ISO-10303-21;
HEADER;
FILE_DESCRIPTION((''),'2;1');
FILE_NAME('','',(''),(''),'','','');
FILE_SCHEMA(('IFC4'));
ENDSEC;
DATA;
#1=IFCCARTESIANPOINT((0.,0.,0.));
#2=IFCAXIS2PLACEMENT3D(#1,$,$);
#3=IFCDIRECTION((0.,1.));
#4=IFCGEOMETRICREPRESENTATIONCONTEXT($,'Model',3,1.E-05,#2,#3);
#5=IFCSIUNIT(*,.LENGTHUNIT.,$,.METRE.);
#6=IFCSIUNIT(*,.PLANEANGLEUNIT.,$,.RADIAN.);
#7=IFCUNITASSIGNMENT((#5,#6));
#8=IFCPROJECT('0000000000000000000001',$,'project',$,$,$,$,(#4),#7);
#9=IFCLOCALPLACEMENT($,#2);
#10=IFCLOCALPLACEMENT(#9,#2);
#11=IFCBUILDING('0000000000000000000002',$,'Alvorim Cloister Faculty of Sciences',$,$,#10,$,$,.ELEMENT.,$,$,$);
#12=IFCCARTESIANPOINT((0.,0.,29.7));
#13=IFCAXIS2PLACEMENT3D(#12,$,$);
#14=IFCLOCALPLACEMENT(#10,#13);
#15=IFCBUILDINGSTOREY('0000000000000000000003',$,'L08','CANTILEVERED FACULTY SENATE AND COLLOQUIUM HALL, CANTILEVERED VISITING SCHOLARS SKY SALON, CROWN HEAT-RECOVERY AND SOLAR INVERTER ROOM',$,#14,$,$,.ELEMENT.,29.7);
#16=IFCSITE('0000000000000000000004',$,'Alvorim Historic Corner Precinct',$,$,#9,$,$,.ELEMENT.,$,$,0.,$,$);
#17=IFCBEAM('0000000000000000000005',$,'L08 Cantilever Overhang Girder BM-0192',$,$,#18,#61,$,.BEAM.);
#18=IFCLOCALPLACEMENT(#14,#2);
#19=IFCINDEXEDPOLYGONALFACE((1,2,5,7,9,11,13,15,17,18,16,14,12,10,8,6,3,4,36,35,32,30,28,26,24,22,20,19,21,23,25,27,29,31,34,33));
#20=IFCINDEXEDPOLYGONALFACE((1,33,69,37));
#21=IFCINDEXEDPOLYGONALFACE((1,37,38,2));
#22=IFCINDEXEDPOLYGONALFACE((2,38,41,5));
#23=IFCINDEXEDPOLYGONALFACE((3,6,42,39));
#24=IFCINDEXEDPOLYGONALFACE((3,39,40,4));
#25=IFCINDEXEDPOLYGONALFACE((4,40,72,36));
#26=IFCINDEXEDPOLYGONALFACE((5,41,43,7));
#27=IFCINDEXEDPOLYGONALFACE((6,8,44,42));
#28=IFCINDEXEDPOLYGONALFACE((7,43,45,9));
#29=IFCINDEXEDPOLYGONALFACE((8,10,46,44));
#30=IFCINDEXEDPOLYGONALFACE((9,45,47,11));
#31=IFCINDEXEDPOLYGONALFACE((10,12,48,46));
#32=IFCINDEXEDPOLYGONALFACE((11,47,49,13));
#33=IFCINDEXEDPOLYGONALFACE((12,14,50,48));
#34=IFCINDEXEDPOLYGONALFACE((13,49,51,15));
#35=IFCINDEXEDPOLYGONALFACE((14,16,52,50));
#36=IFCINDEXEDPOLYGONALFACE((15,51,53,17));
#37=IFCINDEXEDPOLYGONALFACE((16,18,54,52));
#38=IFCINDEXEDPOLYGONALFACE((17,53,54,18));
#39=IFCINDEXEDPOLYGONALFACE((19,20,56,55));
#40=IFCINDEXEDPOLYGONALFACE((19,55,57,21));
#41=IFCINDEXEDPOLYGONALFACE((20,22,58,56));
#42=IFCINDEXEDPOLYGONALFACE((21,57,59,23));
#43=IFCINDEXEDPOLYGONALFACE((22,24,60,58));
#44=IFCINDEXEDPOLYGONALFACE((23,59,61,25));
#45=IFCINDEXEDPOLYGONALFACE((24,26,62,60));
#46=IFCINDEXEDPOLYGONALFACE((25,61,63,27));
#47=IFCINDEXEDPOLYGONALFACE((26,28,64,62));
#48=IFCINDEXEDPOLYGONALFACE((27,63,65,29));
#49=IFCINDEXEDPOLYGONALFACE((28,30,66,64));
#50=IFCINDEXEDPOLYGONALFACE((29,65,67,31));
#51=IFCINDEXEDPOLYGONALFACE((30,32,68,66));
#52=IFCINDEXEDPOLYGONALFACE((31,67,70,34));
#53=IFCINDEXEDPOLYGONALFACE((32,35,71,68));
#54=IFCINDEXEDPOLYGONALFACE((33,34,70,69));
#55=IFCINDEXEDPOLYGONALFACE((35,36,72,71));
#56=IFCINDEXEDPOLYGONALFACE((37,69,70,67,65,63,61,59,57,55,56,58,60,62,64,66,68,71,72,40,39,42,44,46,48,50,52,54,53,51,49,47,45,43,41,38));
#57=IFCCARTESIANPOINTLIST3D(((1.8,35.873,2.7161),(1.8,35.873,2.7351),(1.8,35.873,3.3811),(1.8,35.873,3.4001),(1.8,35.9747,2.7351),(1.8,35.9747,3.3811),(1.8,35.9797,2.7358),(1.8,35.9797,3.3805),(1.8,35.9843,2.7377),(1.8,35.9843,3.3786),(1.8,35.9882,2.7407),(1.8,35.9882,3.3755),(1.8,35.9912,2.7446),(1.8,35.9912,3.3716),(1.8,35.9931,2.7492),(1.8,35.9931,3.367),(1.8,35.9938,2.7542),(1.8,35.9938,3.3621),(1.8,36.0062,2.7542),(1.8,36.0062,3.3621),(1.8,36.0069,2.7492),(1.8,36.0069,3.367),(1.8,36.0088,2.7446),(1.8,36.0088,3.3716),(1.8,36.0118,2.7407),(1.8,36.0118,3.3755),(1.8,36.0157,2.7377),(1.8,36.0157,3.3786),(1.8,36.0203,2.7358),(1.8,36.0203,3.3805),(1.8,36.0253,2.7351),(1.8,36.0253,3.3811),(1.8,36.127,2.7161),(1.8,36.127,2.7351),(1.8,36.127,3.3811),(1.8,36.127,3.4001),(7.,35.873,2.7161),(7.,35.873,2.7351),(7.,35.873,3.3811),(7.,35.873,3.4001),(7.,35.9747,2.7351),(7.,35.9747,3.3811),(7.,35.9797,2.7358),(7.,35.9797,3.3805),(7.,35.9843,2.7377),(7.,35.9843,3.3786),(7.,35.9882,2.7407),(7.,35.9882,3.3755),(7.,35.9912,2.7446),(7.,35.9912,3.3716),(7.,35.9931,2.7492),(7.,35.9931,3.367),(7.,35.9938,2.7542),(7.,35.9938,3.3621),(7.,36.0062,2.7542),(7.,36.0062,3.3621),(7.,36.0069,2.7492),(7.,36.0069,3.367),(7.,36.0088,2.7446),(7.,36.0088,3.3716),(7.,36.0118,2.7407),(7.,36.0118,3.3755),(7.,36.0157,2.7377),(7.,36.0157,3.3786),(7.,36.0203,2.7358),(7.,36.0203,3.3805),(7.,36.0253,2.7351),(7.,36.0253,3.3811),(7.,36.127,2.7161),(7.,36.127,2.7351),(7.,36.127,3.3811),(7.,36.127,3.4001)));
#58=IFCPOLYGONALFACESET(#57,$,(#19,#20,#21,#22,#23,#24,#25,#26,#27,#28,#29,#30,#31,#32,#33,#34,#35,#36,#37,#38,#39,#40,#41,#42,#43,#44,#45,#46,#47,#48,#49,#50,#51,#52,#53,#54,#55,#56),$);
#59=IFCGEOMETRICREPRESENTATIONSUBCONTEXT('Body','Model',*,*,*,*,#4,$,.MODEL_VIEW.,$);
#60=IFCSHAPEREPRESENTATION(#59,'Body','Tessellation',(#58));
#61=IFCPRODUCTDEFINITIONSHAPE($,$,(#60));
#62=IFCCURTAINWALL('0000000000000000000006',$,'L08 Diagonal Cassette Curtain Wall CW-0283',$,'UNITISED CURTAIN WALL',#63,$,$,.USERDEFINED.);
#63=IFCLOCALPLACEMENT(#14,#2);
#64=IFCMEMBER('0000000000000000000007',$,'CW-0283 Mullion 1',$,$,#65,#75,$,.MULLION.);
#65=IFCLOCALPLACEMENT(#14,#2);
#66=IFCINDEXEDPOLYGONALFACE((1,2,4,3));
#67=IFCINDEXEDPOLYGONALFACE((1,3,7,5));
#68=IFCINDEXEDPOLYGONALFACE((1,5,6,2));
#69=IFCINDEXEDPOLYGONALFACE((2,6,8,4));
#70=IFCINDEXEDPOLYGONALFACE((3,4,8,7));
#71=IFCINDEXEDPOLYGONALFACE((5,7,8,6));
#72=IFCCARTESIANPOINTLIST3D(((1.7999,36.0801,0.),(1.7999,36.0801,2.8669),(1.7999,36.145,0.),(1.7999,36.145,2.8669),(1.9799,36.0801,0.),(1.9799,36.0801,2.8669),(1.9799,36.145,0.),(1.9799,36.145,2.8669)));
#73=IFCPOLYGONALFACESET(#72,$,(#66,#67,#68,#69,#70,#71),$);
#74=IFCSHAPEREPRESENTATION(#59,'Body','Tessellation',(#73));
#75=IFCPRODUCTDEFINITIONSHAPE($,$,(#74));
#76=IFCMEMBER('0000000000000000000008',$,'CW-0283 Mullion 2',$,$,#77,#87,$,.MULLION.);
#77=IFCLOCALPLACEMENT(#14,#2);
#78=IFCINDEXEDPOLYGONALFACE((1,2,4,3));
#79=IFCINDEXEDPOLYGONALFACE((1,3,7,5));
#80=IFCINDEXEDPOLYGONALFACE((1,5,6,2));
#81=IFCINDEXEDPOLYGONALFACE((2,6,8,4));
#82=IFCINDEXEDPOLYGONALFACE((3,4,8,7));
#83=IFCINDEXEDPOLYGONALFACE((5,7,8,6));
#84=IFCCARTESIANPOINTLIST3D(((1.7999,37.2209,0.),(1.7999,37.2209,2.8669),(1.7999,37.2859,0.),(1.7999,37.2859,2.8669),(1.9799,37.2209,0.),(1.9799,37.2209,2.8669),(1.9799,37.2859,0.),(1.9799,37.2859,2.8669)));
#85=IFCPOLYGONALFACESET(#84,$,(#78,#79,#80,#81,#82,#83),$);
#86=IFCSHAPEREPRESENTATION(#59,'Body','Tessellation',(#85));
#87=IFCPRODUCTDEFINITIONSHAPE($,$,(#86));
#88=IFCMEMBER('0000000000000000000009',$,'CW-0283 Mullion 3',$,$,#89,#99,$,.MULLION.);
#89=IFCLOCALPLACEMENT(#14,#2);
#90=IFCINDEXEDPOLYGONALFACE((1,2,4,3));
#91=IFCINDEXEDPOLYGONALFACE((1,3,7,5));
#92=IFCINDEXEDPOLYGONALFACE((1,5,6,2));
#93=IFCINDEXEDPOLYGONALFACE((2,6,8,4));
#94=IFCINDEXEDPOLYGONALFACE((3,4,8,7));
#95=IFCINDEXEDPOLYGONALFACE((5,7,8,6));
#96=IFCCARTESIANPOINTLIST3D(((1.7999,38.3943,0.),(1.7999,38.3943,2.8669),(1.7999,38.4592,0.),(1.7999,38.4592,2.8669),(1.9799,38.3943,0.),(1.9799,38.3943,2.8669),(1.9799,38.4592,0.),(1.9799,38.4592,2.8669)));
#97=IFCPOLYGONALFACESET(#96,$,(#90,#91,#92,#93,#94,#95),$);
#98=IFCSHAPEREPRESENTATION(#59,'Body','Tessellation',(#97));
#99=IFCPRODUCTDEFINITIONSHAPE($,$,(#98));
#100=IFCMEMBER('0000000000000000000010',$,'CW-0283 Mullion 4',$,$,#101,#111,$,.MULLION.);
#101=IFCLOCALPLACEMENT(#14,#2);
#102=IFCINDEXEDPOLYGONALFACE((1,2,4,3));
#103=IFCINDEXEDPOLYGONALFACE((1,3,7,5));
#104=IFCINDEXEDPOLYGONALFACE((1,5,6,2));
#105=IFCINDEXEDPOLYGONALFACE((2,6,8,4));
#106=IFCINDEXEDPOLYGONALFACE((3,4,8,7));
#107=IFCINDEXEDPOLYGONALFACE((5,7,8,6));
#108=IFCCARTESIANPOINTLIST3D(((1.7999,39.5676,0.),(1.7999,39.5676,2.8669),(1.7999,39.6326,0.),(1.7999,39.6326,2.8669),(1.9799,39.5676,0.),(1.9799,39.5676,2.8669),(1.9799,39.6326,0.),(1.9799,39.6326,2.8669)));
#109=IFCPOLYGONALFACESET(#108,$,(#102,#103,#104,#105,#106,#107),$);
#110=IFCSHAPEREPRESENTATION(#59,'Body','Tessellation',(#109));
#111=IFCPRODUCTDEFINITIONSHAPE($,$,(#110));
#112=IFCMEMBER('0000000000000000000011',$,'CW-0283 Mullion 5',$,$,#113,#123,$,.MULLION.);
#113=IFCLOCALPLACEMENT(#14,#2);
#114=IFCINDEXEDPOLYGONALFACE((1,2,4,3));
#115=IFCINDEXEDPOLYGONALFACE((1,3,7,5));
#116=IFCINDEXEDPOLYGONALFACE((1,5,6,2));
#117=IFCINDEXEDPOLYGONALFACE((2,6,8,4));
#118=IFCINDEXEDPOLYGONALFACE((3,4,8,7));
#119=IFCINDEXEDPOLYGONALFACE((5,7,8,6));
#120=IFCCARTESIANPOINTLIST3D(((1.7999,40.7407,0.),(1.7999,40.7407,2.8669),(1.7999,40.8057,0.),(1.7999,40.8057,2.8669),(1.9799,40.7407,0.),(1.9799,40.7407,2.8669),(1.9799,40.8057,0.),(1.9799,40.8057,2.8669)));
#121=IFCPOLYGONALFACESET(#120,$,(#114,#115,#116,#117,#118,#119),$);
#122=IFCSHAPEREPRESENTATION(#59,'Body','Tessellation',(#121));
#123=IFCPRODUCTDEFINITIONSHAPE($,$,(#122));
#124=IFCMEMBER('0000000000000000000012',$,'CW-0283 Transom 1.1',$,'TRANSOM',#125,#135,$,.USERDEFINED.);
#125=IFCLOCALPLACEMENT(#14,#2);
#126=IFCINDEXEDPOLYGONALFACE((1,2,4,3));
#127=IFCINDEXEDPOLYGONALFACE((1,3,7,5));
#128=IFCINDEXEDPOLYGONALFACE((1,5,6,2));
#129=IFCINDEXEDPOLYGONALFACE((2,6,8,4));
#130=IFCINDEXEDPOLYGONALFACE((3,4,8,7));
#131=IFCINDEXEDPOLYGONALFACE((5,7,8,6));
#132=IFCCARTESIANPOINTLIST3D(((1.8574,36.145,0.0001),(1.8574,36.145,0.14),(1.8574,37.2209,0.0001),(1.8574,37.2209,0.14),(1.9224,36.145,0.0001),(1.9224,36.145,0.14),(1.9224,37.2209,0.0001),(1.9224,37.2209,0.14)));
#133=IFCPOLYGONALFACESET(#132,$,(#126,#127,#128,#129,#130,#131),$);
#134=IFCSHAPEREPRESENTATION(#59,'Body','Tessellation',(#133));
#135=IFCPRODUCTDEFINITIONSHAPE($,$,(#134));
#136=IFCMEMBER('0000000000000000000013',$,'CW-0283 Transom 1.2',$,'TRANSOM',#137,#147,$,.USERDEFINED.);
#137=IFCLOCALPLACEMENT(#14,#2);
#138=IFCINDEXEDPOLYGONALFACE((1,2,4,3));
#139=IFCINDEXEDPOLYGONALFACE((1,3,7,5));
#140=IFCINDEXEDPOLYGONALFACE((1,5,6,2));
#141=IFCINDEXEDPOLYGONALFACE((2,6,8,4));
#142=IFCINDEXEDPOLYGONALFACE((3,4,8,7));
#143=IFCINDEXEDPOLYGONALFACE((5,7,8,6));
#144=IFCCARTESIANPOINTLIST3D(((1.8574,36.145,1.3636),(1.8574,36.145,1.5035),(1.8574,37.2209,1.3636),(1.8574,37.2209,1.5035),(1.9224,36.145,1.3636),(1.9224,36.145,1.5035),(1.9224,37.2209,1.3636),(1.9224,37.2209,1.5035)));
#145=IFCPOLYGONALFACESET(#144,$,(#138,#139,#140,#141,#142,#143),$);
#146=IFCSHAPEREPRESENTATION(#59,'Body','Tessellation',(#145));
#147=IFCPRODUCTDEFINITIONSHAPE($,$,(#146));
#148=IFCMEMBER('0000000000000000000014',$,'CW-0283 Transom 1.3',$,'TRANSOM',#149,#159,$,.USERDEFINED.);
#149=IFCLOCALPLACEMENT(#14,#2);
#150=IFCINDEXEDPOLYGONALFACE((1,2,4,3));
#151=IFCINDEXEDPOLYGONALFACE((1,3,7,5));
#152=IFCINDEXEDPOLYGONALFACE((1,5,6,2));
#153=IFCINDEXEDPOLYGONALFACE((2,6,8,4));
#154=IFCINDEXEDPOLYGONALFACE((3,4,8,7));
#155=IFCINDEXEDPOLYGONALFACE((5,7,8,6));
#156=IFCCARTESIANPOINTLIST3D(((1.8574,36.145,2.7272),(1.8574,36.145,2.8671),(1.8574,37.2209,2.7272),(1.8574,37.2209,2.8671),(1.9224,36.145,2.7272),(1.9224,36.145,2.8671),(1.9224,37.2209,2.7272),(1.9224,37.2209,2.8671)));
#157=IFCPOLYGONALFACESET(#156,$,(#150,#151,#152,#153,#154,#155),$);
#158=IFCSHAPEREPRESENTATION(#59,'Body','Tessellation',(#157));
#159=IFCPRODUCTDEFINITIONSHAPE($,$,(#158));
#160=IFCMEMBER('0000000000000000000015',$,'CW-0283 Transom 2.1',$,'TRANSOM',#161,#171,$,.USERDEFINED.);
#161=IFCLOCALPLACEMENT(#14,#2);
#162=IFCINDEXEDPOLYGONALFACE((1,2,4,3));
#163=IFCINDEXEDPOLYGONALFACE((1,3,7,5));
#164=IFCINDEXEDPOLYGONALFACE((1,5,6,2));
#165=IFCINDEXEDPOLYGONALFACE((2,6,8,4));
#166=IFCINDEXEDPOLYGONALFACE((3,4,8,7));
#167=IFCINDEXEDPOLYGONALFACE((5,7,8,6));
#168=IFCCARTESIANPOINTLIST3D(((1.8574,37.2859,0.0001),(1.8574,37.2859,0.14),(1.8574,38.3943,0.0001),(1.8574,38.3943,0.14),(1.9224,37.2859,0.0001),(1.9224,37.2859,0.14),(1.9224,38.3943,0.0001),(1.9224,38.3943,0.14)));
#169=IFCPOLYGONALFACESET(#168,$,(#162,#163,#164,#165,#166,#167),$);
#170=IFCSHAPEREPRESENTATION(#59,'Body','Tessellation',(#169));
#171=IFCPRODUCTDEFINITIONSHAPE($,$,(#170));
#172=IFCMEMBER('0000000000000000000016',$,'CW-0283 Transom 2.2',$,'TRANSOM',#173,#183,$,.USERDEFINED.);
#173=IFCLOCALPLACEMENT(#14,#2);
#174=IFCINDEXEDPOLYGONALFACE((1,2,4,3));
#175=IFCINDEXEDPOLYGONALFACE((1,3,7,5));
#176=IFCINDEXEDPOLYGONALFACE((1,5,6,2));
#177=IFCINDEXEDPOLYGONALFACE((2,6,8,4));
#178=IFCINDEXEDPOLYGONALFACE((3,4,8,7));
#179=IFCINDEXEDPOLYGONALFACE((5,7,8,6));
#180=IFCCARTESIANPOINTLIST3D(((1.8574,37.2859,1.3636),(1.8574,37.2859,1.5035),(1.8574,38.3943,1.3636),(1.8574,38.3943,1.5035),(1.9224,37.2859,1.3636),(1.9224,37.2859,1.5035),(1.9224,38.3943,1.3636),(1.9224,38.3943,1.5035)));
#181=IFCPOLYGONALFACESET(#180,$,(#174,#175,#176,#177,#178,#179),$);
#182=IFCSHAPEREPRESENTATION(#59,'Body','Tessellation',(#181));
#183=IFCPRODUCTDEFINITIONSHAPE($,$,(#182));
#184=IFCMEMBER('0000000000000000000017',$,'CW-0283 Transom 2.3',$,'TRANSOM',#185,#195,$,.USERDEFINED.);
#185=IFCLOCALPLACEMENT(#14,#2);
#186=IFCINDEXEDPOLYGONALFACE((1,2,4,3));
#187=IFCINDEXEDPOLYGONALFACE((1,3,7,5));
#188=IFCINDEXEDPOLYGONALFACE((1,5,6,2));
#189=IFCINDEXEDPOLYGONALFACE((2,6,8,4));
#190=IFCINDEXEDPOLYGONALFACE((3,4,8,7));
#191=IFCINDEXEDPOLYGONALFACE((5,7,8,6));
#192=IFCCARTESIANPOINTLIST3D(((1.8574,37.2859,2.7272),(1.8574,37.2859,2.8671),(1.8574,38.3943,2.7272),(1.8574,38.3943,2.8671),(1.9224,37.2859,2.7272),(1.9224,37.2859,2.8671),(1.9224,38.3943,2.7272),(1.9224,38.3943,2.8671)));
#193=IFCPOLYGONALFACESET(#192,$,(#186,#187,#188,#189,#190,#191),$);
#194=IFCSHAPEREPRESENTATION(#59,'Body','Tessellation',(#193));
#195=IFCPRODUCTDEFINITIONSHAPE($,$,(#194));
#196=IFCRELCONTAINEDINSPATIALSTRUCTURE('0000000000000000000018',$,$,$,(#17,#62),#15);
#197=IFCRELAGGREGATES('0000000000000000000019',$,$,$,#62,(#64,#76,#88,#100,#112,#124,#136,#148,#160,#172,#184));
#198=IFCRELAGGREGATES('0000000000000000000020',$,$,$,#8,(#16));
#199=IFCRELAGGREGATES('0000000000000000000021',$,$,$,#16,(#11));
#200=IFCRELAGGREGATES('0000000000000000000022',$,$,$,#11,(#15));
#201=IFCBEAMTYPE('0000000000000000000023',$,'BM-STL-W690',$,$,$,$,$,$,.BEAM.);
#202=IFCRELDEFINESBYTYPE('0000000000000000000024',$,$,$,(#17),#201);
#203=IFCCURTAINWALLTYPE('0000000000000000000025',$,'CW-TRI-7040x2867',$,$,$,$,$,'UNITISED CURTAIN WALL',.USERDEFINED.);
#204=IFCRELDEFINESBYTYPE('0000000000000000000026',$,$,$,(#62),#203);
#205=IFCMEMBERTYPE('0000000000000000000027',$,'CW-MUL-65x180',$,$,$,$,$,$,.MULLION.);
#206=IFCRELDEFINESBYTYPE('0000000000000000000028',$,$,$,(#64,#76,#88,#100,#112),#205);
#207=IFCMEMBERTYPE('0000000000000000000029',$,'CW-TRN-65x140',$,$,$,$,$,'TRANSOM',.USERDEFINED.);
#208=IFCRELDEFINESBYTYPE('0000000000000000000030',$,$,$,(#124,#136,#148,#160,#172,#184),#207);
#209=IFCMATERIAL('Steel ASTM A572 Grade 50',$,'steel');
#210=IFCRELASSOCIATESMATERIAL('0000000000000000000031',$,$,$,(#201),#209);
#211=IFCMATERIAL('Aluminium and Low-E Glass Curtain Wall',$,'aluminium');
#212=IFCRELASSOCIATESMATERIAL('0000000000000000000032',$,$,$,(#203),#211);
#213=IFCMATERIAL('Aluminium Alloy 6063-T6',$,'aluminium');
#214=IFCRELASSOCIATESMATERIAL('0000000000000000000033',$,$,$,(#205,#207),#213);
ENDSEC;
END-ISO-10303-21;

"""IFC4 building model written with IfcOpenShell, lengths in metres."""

from ifc_helpers import new_model, si_unit, direction, frame, origin, origin_2d, place, context, subcontext, project, spatial, rectangle, i_section, extrude, material, material_profile, profile_set, type_object, element, aggregate, save


model = new_model("IFC4")

# Units and contexts
model_context = context("Model", 3, precision=1e-05, world=origin(), true_north=direction((0.0, 1.0)))
body_context = subcontext(model_context, "Body", "Model", "MODEL_VIEW")
ifc_project = project(units=[si_unit("LENGTHUNIT", "METRE"), si_unit("PLANEANGLEUNIT", "RADIAN")], contexts=[model_context])

# Site, building, storey
site_placement = place(None, origin())
site = spatial("IfcSite", under=ifc_project, at=site_placement, Name="Alvorim Historic Corner Precinct", CompositionType="ELEMENT", RefElevation=0.0)
building_placement = place(site_placement, origin())
building = spatial("IfcBuilding", under=site, at=building_placement, Name="Alvorim Cloister Faculty of Sciences", CompositionType="ELEMENT")
storey_placement = place(building_placement, frame((0.0, 0.0, 29.7)))
storey = spatial("IfcBuildingStorey", under=building, at=storey_placement, Name="L08", Description="CANTILEVERED FACULTY SENATE AND COLLOQUIUM HALL, CANTILEVERED VISITING SCHOLARS SKY SALON, CROWN HEAT-RECOVERY AND SOLAR INVERTER ROOM", CompositionType="ELEMENT", Elevation=29.7)

# Beam
ifc_material_1 = material(Name="Steel ASTM A572 Grade 50", Category="steel")
ifc_material_profile_1 = material_profile(ifc_material_1, i_section(OverallWidth=0.2539, OverallDepth=0.6841, WebThickness=0.0125, FlangeThickness=0.019, FilletRadius=0.019, at=origin_2d()), Name="W690x140.0")
ifc_profile_set_1 = profile_set([ifc_material_profile_1], Name="Steel ASTM A572 Grade 50")
beam_type = type_object("IfcBeamType", Name="BM-STL-W690", PredefinedType="BEAM", material=ifc_profile_set_1)
beam_placement = place(storey_placement, frame((1.8, 36.0, 3.0581), z_axis=(1.0, 0.0, 0.0), x_axis=(0.0, 1.0, 0.0)))
element("IfcBeam", 1, at=beam_placement, inside=storey, type_object=beam_type, Name="L08 Cantilever Overhang Girder BM-0192", PredefinedType="BEAM", context=body_context, shape_type="SweptSolid", body=[
    extrude(i_section(OverallWidth=0.2539, OverallDepth=0.6841, WebThickness=0.0125, FlangeThickness=0.019, FilletRadius=0.019, at=origin_2d()), origin(), (0.0, 0.0, 1.0), 5.2),
])

# Curtain wall, members
ifc_material_2 = material(Name="Aluminium and Low-E Glass Curtain Wall", Category="aluminium")
curtain_wall_type = type_object("IfcCurtainWallType", Name="CW-TRI-7040x2867", ElementType="UNITISED CURTAIN WALL", PredefinedType="USERDEFINED", material=ifc_material_2)
curtain_wall_placement = place(storey_placement, origin())
curtain_wall = element("IfcCurtainWall", 2, at=curtain_wall_placement, inside=storey, type_object=curtain_wall_type, Name="L08 Diagonal Cassette Curtain Wall CW-0283", ObjectType="UNITISED CURTAIN WALL", PredefinedType="USERDEFINED")
ifc_material_3 = material(Name="Aluminium Alloy 6063-T6", Category="aluminium")
ifc_material_profile_2 = material_profile(ifc_material_3, rectangle(XDim=0.0649, YDim=0.1799, at=origin_2d()), Name="ALU-MUL-65x180")
ifc_profile_set_2 = profile_set([ifc_material_profile_2], Name="Aluminium Alloy 6063-T6")
member_type_1 = type_object("IfcMemberType", Name="CW-MUL-65x180", PredefinedType="MULLION", material=ifc_profile_set_2)
member_1_placement = place(storey_placement, frame((1.8899, 36.1125, 0.0), z_axis=(0.0, 0.0, 1.0), x_axis=(0.0, 1.0, 0.0)))
member_1 = element("IfcMember", 3, at=member_1_placement, type_object=member_type_1, Name="CW-0283 Mullion 1", PredefinedType="MULLION", context=body_context, shape_type="SweptSolid", body=[
    extrude(rectangle(XDim=0.0649, YDim=0.1799, at=origin_2d()), origin(), (0.0, 0.0, 1.0), 2.8669),
])
member_2_placement = place(storey_placement, frame((1.8899, 37.2534, 0.0), z_axis=(0.0, 0.0, 1.0), x_axis=(0.0, 1.0, 0.0)))
member_2 = element("IfcMember", 4, at=member_2_placement, type_object=member_type_1, Name="CW-0283 Mullion 2", PredefinedType="MULLION", context=body_context, shape_type="SweptSolid", body=[
    extrude(rectangle(XDim=0.0649, YDim=0.1799, at=origin_2d()), origin(), (0.0, 0.0, 1.0), 2.8669),
])
member_3_placement = place(storey_placement, frame((1.8899, 38.4268, 0.0), z_axis=(0.0, 0.0, 1.0), x_axis=(0.0, 1.0, 0.0)))
member_3 = element("IfcMember", 5, at=member_3_placement, type_object=member_type_1, Name="CW-0283 Mullion 3", PredefinedType="MULLION", context=body_context, shape_type="SweptSolid", body=[
    extrude(rectangle(XDim=0.0649, YDim=0.1799, at=origin_2d()), origin(), (0.0, 0.0, 1.0), 2.8669),
])
member_4_placement = place(storey_placement, frame((1.8899, 39.6001, 0.0), z_axis=(0.0, 0.0, 1.0), x_axis=(0.0, 1.0, 0.0)))
member_4 = element("IfcMember", 6, at=member_4_placement, type_object=member_type_1, Name="CW-0283 Mullion 4", PredefinedType="MULLION", context=body_context, shape_type="SweptSolid", body=[
    extrude(rectangle(XDim=0.0649, YDim=0.1799, at=origin_2d()), origin(), (0.0, 0.0, 1.0), 2.8669),
])
member_5_placement = place(storey_placement, frame((1.8899, 40.7732, 0.0), z_axis=(0.0, 0.0, 1.0), x_axis=(0.0, 1.0, 0.0)))
member_5 = element("IfcMember", 7, at=member_5_placement, type_object=member_type_1, Name="CW-0283 Mullion 5", PredefinedType="MULLION", context=body_context, shape_type="SweptSolid", body=[
    extrude(rectangle(XDim=0.0649, YDim=0.1799, at=origin_2d()), origin(), (0.0, 0.0, 1.0), 2.8669),
])
ifc_material_profile_3 = material_profile(ifc_material_3, rectangle(XDim=0.0649, YDim=0.1399, at=origin_2d()), Name="ALU-TRN-65x140")
ifc_profile_set_3 = profile_set([ifc_material_profile_3], Name="Aluminium Alloy 6063-T6")
member_type_2 = type_object("IfcMemberType", Name="CW-TRN-65x140", ElementType="TRANSOM", PredefinedType="USERDEFINED", material=ifc_profile_set_3)
member_6_placement = place(storey_placement, frame((1.8899, 36.145, 0.0701), z_axis=(0.0, 1.0, 0.0), x_axis=(-1.0, 0.0, 0.0)))
member_6 = element("IfcMember", 8, at=member_6_placement, type_object=member_type_2, Name="CW-0283 Transom 1.1", ObjectType="TRANSOM", PredefinedType="USERDEFINED", context=body_context, shape_type="SweptSolid", body=[
    extrude(rectangle(XDim=0.0649, YDim=0.1399, at=origin_2d()), origin(), (0.0, 0.0, 1.0), 1.0759),
])
member_7_placement = place(storey_placement, frame((1.8899, 36.145, 1.4336), z_axis=(0.0, 1.0, 0.0), x_axis=(-1.0, 0.0, 0.0)))
member_7 = element("IfcMember", 9, at=member_7_placement, type_object=member_type_2, Name="CW-0283 Transom 1.2", ObjectType="TRANSOM", PredefinedType="USERDEFINED", context=body_context, shape_type="SweptSolid", body=[
    extrude(rectangle(XDim=0.0649, YDim=0.1399, at=origin_2d()), origin(), (0.0, 0.0, 1.0), 1.0759),
])
member_8_placement = place(storey_placement, frame((1.8899, 36.145, 2.7971), z_axis=(0.0, 1.0, 0.0), x_axis=(-1.0, 0.0, 0.0)))
member_8 = element("IfcMember", 10, at=member_8_placement, type_object=member_type_2, Name="CW-0283 Transom 1.3", ObjectType="TRANSOM", PredefinedType="USERDEFINED", context=body_context, shape_type="SweptSolid", body=[
    extrude(rectangle(XDim=0.0649, YDim=0.1399, at=origin_2d()), origin(), (0.0, 0.0, 1.0), 1.0759),
])
member_9_placement = place(storey_placement, frame((1.8899, 37.2859, 0.0701), z_axis=(0.0, 1.0, 0.0), x_axis=(-1.0, 0.0, 0.0)))
member_9 = element("IfcMember", 11, at=member_9_placement, type_object=member_type_2, Name="CW-0283 Transom 2.1", ObjectType="TRANSOM", PredefinedType="USERDEFINED", context=body_context, shape_type="SweptSolid", body=[
    extrude(rectangle(XDim=0.0649, YDim=0.1399, at=origin_2d()), origin(), (0.0, 0.0, 1.0), 1.1084),
])
member_10_placement = place(storey_placement, frame((1.8899, 37.2859, 1.4336), z_axis=(0.0, 1.0, 0.0), x_axis=(-1.0, 0.0, 0.0)))
member_10 = element("IfcMember", 12, at=member_10_placement, type_object=member_type_2, Name="CW-0283 Transom 2.2", ObjectType="TRANSOM", PredefinedType="USERDEFINED", context=body_context, shape_type="SweptSolid", body=[
    extrude(rectangle(XDim=0.0649, YDim=0.1399, at=origin_2d()), origin(), (0.0, 0.0, 1.0), 1.1084),
])
member_11_placement = place(storey_placement, frame((1.8899, 37.2859, 2.7971), z_axis=(0.0, 1.0, 0.0), x_axis=(-1.0, 0.0, 0.0)))
member_11 = element("IfcMember", 13, at=member_11_placement, type_object=member_type_2, Name="CW-0283 Transom 2.3", ObjectType="TRANSOM", PredefinedType="USERDEFINED", context=body_context, shape_type="SweptSolid", body=[
    extrude(rectangle(XDim=0.0649, YDim=0.1399, at=origin_2d()), origin(), (0.0, 0.0, 1.0), 1.1084),
])
aggregate(curtain_wall, [member_1, member_2, member_3, member_4, member_5, member_6, member_7, member_8, member_9, member_10, member_11])

save(model, "model.ifc")
